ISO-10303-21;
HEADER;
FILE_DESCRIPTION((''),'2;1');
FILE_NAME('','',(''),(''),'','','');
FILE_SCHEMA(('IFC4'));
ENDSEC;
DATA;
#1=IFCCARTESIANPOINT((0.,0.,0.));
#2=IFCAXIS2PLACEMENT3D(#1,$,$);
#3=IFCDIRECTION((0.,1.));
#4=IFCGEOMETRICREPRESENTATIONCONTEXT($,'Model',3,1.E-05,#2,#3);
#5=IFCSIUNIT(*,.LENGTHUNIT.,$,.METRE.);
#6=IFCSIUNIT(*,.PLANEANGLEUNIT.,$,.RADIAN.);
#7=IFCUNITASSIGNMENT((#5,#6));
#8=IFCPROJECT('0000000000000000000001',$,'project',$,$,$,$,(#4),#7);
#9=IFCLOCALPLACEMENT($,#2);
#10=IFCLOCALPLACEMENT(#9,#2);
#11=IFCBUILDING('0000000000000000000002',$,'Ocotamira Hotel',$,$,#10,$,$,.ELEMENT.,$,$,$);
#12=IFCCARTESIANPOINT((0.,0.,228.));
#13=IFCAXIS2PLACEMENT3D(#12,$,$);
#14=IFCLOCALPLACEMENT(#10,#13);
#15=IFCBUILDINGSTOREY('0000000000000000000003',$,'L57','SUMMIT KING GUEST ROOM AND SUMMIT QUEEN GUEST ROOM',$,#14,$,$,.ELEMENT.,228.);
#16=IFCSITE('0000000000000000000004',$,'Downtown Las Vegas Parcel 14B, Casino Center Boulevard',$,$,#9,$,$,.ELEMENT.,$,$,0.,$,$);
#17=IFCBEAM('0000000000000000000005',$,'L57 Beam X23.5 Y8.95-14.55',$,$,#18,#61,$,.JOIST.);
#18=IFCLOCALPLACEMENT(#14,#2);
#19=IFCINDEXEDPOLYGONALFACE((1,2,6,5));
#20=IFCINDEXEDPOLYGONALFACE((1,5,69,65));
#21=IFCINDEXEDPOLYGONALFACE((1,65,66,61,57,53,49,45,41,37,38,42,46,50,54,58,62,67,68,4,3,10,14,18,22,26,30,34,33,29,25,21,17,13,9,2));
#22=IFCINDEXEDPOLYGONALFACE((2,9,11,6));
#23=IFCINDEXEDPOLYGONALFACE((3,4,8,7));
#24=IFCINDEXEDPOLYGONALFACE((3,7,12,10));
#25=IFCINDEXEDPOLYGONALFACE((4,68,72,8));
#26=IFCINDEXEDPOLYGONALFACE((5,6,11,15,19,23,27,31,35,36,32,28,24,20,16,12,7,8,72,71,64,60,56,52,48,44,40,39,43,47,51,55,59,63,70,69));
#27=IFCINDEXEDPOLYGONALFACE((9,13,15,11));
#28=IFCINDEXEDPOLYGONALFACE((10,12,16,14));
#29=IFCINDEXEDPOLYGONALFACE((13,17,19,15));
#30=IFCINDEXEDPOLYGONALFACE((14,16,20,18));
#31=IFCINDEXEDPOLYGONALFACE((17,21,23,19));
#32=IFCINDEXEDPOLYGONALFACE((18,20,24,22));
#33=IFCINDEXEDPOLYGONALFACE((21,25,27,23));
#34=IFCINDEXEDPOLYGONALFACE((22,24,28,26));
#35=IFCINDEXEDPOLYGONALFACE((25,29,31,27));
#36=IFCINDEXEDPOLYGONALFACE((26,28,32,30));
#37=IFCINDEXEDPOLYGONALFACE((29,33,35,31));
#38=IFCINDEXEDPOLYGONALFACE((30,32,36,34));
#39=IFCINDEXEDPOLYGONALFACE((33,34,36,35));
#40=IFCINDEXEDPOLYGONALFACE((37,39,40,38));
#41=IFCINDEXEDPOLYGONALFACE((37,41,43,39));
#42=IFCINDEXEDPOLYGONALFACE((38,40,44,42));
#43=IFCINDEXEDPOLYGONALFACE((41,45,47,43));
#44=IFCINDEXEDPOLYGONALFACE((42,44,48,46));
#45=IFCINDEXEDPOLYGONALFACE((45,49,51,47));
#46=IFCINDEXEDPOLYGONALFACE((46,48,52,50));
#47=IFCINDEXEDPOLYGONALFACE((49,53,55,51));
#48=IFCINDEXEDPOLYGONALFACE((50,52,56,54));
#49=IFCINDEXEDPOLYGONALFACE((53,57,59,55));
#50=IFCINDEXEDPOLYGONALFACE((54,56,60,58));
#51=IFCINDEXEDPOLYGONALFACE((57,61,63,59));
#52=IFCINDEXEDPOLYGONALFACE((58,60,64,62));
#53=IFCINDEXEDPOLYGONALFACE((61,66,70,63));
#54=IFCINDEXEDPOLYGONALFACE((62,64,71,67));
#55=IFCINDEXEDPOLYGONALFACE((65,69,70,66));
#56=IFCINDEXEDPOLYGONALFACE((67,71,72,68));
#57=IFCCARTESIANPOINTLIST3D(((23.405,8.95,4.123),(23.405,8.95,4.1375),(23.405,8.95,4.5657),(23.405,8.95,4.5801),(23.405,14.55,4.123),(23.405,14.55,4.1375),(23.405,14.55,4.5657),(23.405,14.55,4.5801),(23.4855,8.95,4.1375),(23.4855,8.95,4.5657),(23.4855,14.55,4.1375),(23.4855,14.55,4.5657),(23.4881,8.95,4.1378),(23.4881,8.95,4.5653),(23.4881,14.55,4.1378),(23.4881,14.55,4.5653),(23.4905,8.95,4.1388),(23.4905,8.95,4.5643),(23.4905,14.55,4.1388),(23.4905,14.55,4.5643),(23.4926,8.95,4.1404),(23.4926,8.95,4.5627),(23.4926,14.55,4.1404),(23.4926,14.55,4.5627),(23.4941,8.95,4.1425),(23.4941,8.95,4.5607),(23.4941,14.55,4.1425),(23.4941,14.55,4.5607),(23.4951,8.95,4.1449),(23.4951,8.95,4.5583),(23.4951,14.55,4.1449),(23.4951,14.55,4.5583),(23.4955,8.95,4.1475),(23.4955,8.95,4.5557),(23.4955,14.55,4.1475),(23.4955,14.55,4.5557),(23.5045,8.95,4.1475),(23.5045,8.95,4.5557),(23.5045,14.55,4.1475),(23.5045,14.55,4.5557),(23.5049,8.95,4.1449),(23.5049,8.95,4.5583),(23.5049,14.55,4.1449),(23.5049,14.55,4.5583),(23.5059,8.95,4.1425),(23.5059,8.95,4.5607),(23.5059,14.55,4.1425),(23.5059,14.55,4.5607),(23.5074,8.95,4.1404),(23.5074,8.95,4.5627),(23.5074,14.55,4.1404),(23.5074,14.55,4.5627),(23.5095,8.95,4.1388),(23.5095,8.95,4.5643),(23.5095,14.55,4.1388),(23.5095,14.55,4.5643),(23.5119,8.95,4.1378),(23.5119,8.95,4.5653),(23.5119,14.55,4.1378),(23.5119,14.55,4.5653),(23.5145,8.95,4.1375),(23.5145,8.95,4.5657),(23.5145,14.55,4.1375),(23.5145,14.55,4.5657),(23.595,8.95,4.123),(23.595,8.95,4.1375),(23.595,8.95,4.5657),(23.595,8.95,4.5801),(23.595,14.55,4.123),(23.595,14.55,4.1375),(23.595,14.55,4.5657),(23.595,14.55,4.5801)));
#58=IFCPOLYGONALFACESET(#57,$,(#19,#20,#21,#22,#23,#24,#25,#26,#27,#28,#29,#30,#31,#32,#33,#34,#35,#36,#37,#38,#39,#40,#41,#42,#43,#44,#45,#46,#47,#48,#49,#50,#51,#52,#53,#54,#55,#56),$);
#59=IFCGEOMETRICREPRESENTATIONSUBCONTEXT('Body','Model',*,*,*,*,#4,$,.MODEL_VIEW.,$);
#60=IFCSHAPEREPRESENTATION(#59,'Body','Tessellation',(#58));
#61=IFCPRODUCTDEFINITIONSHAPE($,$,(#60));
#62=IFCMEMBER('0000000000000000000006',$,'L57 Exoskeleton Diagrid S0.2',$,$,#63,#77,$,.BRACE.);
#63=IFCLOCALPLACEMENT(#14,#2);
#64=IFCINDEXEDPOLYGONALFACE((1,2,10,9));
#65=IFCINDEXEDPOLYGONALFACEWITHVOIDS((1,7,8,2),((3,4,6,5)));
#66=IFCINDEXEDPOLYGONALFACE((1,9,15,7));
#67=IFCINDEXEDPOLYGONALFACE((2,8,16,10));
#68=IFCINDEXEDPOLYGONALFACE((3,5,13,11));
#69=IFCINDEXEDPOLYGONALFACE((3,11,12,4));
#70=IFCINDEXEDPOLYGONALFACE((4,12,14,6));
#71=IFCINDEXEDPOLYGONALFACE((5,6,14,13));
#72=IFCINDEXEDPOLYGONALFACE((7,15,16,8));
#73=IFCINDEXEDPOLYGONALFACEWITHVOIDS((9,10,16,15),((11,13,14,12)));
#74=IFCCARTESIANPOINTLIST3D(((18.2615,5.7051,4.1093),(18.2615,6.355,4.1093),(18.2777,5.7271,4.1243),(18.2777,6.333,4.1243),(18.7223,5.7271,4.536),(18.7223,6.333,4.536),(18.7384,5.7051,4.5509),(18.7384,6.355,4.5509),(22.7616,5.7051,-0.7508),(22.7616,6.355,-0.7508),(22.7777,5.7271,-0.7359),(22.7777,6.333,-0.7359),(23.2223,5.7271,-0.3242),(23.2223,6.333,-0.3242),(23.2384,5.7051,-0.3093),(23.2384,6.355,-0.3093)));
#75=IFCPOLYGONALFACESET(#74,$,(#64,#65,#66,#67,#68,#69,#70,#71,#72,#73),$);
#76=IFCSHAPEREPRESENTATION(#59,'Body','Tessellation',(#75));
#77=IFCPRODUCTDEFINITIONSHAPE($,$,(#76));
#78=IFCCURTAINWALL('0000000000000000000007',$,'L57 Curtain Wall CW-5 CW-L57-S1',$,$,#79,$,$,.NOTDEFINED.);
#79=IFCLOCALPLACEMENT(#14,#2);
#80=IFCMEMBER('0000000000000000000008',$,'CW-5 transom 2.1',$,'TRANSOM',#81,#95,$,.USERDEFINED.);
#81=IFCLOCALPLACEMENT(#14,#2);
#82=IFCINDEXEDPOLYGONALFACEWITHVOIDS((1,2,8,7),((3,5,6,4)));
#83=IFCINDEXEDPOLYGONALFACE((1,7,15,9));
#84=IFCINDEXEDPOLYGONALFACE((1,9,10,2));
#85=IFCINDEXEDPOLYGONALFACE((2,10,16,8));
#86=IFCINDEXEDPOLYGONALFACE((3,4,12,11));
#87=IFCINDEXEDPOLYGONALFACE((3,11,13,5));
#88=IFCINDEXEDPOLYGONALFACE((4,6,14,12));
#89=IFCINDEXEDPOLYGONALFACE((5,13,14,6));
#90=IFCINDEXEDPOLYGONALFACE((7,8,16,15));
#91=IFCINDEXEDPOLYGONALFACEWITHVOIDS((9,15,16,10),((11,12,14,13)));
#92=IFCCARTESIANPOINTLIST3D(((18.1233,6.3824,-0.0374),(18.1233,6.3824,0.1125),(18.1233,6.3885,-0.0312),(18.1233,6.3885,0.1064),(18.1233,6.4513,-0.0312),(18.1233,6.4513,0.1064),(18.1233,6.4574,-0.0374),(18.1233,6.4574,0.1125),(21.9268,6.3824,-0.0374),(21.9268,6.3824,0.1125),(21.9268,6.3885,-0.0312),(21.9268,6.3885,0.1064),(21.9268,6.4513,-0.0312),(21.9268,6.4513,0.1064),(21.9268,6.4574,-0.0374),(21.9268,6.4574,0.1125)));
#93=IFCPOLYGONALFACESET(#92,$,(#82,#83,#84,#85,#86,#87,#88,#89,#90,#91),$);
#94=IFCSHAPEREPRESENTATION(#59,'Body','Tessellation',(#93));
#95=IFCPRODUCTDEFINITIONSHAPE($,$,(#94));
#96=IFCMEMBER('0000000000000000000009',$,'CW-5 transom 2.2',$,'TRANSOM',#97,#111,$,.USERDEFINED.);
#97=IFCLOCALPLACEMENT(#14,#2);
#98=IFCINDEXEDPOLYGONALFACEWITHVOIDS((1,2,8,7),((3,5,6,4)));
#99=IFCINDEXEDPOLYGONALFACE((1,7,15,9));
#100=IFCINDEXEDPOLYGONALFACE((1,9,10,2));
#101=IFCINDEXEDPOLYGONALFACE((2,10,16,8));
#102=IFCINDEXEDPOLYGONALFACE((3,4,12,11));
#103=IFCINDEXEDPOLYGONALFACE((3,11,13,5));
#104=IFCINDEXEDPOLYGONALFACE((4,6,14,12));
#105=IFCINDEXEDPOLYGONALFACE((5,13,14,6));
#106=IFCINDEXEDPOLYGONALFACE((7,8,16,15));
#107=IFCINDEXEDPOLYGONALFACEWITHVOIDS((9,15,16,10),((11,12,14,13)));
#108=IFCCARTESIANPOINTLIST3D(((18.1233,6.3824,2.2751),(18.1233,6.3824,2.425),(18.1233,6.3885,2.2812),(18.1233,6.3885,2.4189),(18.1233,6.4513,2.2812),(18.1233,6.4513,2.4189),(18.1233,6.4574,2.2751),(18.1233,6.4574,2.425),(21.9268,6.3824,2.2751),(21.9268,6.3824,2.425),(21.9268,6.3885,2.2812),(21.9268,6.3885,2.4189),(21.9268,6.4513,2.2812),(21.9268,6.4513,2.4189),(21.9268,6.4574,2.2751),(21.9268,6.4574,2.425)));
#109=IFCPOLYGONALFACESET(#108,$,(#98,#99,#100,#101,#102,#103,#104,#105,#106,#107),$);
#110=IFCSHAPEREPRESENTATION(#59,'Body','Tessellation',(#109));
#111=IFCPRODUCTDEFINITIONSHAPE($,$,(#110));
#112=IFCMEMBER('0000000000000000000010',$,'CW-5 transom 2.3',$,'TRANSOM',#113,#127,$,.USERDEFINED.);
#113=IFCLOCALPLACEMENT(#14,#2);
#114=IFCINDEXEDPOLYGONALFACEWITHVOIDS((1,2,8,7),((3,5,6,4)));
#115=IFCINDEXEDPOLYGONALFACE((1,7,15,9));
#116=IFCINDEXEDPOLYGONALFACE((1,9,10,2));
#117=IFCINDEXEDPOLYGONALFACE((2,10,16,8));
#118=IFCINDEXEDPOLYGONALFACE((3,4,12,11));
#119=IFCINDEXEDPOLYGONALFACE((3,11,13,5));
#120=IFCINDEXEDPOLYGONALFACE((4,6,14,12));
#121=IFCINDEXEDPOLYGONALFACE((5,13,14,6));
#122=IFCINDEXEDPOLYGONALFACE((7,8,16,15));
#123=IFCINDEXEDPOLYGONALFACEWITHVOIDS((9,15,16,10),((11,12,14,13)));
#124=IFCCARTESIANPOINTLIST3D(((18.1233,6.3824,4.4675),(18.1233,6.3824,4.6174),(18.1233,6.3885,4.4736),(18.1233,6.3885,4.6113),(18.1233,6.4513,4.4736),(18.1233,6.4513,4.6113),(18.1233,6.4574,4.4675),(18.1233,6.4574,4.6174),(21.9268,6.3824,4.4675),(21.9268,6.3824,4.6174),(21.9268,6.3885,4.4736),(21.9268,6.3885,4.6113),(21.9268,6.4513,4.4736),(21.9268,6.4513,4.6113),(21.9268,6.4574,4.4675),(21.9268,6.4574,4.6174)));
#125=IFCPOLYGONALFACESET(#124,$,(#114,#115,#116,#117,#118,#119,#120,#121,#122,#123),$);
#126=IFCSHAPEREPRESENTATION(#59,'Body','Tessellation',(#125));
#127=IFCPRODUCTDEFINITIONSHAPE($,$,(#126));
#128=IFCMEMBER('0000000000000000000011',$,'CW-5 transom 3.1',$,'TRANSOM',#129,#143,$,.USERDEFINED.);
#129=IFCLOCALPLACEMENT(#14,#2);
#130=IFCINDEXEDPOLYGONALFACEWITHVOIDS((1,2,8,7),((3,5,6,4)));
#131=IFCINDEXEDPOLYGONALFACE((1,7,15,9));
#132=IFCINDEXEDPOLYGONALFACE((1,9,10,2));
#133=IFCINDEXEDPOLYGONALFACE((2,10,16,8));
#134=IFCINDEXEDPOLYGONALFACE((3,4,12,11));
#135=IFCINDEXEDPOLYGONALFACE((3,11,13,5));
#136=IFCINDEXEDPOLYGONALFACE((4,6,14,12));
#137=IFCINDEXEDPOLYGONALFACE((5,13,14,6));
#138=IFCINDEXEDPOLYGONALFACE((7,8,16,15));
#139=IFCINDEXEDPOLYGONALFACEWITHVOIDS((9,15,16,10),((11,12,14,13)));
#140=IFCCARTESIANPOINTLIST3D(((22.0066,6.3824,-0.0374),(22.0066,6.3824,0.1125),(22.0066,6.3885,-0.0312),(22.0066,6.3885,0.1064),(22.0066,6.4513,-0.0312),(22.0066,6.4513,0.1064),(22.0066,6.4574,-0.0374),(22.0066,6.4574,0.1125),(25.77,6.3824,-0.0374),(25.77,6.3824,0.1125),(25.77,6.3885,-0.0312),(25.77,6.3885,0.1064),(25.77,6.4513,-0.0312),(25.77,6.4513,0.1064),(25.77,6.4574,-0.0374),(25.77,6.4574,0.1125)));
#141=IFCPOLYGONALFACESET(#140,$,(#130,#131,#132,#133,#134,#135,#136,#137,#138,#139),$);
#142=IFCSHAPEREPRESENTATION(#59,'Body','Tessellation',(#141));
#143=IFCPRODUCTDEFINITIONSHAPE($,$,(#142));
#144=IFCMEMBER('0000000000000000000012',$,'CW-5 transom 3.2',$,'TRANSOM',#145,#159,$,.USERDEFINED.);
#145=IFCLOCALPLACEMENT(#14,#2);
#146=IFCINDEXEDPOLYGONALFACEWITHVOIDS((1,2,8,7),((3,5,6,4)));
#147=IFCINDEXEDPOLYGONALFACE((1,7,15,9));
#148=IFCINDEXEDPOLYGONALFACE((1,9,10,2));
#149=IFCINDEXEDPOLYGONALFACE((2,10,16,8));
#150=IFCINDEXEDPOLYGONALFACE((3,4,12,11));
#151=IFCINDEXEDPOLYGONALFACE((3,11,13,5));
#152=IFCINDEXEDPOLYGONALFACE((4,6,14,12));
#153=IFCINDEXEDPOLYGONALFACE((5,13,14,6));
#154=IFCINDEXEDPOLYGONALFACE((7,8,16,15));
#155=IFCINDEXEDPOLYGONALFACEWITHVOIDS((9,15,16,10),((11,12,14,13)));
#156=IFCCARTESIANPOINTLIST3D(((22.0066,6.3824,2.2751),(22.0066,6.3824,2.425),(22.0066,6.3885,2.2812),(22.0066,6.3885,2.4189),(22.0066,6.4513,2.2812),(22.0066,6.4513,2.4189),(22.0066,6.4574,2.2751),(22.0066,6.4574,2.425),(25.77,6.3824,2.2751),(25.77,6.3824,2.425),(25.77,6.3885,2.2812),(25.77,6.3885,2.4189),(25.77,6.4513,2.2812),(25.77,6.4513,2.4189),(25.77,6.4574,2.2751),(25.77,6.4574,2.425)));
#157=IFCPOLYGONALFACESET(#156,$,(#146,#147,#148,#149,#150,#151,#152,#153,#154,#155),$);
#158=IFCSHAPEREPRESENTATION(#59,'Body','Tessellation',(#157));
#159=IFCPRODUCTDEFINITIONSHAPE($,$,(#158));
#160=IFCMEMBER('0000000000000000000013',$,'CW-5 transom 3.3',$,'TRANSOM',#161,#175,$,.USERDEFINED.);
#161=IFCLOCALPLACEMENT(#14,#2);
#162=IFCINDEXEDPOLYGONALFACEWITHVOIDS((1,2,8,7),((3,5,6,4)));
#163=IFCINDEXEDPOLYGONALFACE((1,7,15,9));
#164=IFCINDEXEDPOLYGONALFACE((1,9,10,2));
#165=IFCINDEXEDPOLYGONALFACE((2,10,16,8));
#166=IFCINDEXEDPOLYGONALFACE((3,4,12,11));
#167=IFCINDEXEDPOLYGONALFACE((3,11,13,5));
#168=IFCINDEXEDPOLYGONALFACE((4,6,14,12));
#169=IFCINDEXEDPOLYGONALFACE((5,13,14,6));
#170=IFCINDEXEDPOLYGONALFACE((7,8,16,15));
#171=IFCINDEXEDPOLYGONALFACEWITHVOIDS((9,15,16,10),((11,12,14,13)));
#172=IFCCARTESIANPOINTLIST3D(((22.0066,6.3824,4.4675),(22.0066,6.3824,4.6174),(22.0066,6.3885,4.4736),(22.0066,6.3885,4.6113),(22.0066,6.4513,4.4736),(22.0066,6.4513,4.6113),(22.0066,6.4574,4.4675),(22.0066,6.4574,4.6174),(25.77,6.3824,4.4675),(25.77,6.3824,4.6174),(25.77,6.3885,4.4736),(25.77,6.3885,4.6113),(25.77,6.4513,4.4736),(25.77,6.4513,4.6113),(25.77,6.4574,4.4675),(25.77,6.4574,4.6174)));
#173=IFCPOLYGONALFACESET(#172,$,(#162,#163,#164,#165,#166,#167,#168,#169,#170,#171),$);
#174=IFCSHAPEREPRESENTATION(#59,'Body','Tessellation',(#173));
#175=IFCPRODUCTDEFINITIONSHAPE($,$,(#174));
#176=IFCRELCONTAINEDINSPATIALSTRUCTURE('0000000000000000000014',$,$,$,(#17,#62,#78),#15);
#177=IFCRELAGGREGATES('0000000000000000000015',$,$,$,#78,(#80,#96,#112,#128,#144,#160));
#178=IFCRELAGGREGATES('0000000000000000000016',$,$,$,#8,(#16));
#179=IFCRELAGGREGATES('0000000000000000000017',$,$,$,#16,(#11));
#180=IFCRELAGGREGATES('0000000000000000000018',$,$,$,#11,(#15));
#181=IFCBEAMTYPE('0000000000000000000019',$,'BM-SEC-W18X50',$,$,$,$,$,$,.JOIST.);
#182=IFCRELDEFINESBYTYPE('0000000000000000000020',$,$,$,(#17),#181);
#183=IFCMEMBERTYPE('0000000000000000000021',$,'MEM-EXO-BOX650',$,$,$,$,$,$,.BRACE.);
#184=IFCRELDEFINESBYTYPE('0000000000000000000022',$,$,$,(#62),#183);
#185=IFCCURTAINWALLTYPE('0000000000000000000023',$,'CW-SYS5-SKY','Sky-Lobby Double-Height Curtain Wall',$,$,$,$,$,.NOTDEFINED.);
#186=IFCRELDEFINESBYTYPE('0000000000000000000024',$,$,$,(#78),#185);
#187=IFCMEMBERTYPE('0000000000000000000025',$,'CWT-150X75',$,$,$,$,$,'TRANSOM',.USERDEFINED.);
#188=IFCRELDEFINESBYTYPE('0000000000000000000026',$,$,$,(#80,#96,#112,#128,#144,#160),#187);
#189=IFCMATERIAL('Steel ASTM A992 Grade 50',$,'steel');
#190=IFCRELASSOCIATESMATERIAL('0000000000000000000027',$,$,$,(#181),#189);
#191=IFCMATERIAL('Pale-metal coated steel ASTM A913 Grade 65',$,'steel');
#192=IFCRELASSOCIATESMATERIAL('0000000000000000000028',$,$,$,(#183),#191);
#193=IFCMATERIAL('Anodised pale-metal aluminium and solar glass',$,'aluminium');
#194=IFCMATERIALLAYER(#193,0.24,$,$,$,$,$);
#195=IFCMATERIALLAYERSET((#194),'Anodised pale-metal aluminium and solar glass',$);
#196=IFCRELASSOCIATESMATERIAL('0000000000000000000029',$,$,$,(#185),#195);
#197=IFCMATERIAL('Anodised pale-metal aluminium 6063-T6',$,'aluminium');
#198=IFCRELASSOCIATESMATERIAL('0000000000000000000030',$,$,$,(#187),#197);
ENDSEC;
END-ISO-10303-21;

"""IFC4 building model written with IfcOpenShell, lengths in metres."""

from ifc_helpers import new_model, si_unit, direction, frame, origin, origin_2d, place, context, subcontext, project, spatial, hollow_rectangle, i_section, extrude, source, transform, mapped, material, layer, layer_set, material_profile, profile_set, type_object, element, aggregate, save


model = new_model("IFC4")

# Units and contexts
model_context = context("Model", 3, precision=1e-05, world=origin(), true_north=direction((0.0, 1.0)))
body_context = subcontext(model_context, "Body", "Model", "MODEL_VIEW")
ifc_project = project(units=[si_unit("LENGTHUNIT", "METRE"), si_unit("PLANEANGLEUNIT", "RADIAN")], contexts=[model_context])

# Site, building, storey
site_placement = place(None, origin())
site = spatial("IfcSite", under=ifc_project, at=site_placement, Name="Downtown Las Vegas Parcel 14B, Casino Center Boulevard", CompositionType="ELEMENT", RefElevation=0.0)
building_placement = place(site_placement, origin())
building = spatial("IfcBuilding", under=site, at=building_placement, Name="Ocotamira Hotel", CompositionType="ELEMENT")
storey_placement = place(building_placement, frame((0.0, 0.0, 228.0)))
storey = spatial("IfcBuildingStorey", under=building, at=storey_placement, Name="L57", Description="SUMMIT KING GUEST ROOM AND SUMMIT QUEEN GUEST ROOM", CompositionType="ELEMENT", Elevation=228.0)

# Shared definitions
ifc_material_1 = material(Name="Steel ASTM A992 Grade 50", Category="steel")

# Beam
ifc_material_profile_1 = material_profile(ifc_material_1, i_section(OverallWidth=0.1899, OverallDepth=0.457, WebThickness=0.009, FlangeThickness=0.0144, FilletRadius=0.01, at=origin_2d()), Name="W18X50")
ifc_profile_set_1 = profile_set([ifc_material_profile_1], Name="Steel ASTM A992 Grade 50")
beam_type_1 = type_object("IfcBeamType", Name="BM-SEC-W18X50", PredefinedType="JOIST", material=ifc_profile_set_1)
shared_shape_1 = source(origin(), body_context, "Body", "SweptSolid", [
    extrude(i_section(OverallWidth=0.1899, OverallDepth=0.457, WebThickness=0.009, FlangeThickness=0.0144, FilletRadius=0.01, at=origin_2d()), origin(), (0.0, 0.0, 1.0), 5.6001),
])
beam_1_placement = place(storey_placement, frame((23.5, 8.95, 4.3516), z_axis=(0.0, 1.0, 0.0), x_axis=(-1.0, 0.0, 0.0)))
element("IfcBeam", 1, at=beam_1_placement, inside=storey, type_object=beam_type_1, Name="L57 Beam X23.5 Y8.95-14.55", PredefinedType="JOIST", context=body_context, shape_type="MappedRepresentation", body=[
    mapped(shared_shape_1, transform((0.0, 0.0, 0.0), scale=1.0)),
])

# Member
ifc_material_2 = material(Name="Pale-metal coated steel ASTM A913 Grade 65", Category="steel")
ifc_material_profile_2 = material_profile(ifc_material_2, hollow_rectangle(XDim=0.6499, YDim=0.6499, WallThickness=0.022, at=origin_2d()), Name="BOX650X650X22")
ifc_profile_set_2 = profile_set([ifc_material_profile_2], Name="Pale-metal coated steel ASTM A913 Grade 65")
member_type_1 = type_object("IfcMemberType", Name="MEM-EXO-BOX650", PredefinedType="BRACE", material=ifc_profile_set_2)
shared_shape_2 = source(origin(), body_context, "Body", "SweptSolid", [
    extrude(hollow_rectangle(XDim=0.6499, YDim=0.6499, WallThickness=0.022, at=origin_2d()), origin(), (0.0, 0.0, 1.0), 6.6235),
])
member_1_placement = place(storey_placement, frame((23.0, 6.03, -0.53), z_axis=(-0.6794, 0.0, 0.733768), x_axis=(0.0, -1.0, 0.0)))
element("IfcMember", 2, at=member_1_placement, inside=storey, type_object=member_type_1, Name="L57 Exoskeleton Diagrid S0.2", PredefinedType="BRACE", context=body_context, shape_type="MappedRepresentation", body=[
    mapped(shared_shape_2, transform((0.0, 0.0, 0.0), scale=1.0)),
])

# Curtain wall, members
ifc_material_3 = material(Name="Anodised pale-metal aluminium and solar glass", Category="aluminium")
ifc_layer_1 = layer(ifc_material_3, 0.24)
ifc_layer_set_1 = layer_set([ifc_layer_1], Name="Anodised pale-metal aluminium and solar glass")
curtain_wall_type = type_object("IfcCurtainWallType", Name="CW-SYS5-SKY", Description="Sky-Lobby Double-Height Curtain Wall", PredefinedType="NOTDEFINED", material=ifc_layer_set_1)
curtain_wall_placement = place(storey_placement, origin())
curtain_wall = element("IfcCurtainWall", 3, at=curtain_wall_placement, inside=storey, type_object=curtain_wall_type, Name="L57 Curtain Wall CW-5 CW-L57-S1", PredefinedType="NOTDEFINED")
ifc_material_4 = material(Name="Anodised pale-metal aluminium 6063-T6", Category="aluminium")
ifc_material_profile_3 = material_profile(ifc_material_4, hollow_rectangle(XDim=0.075, YDim=0.1499, WallThickness=0.0061, at=origin_2d()), Name="HSS150X75X6")
ifc_profile_set_3 = profile_set([ifc_material_profile_3], Name="Anodised pale-metal aluminium 6063-T6")
member_type_2 = type_object("IfcMemberType", Name="CWT-150X75", ElementType="TRANSOM", PredefinedType="USERDEFINED", material=ifc_profile_set_3)
shared_shape_3 = source(origin(), body_context, "Body", "SweptSolid", [
    extrude(hollow_rectangle(XDim=0.075, YDim=0.1499, WallThickness=0.0061, at=origin_2d()), origin(), (0.0, 0.0, 1.0), 3.8035),
])
member_2_placement = place(storey_placement, frame((18.1233, 6.4199, 0.0376), z_axis=(1.0, 0.0, 0.0), x_axis=(0.0, 1.0, 0.0)))
member_2 = element("IfcMember", 4, at=member_2_placement, type_object=member_type_2, Name="CW-5 transom 2.1", ObjectType="TRANSOM", PredefinedType="USERDEFINED", context=body_context, shape_type="MappedRepresentation", body=[
    mapped(shared_shape_3, transform((0.0, 0.0, 0.0), scale=1.0)),
])
member_3_placement = place(storey_placement, frame((18.1233, 6.4199, 2.3501), z_axis=(1.0, 0.0, 0.0), x_axis=(0.0, 1.0, 0.0)))
member_3 = element("IfcMember", 5, at=member_3_placement, type_object=member_type_2, Name="CW-5 transom 2.2", ObjectType="TRANSOM", PredefinedType="USERDEFINED", context=body_context, shape_type="MappedRepresentation", body=[
    mapped(shared_shape_3, transform((0.0, 0.0, 0.0), scale=1.0)),
])
member_4_placement = place(storey_placement, frame((18.1233, 6.4199, 4.5425), z_axis=(1.0, 0.0, 0.0), x_axis=(0.0, 1.0, 0.0)))
member_4 = element("IfcMember", 6, at=member_4_placement, type_object=member_type_2, Name="CW-5 transom 2.3", ObjectType="TRANSOM", PredefinedType="USERDEFINED", context=body_context, shape_type="MappedRepresentation", body=[
    mapped(shared_shape_3, transform((0.0, 0.0, 0.0), scale=1.0)),
])
shared_shape_4 = source(origin(), body_context, "Body", "SweptSolid", [
    extrude(hollow_rectangle(XDim=0.075, YDim=0.1499, WallThickness=0.0061, at=origin_2d()), origin(), (0.0, 0.0, 1.0), 3.7634),
])
member_5_placement = place(storey_placement, frame((22.0066, 6.4199, 0.0376), z_axis=(1.0, 0.0, 0.0), x_axis=(0.0, 1.0, 0.0)))
member_5 = element("IfcMember", 7, at=member_5_placement, type_object=member_type_2, Name="CW-5 transom 3.1", ObjectType="TRANSOM", PredefinedType="USERDEFINED", context=body_context, shape_type="MappedRepresentation", body=[
    mapped(shared_shape_4, transform((0.0, 0.0, 0.0), scale=1.0)),
])
member_6_placement = place(storey_placement, frame((22.0066, 6.4199, 2.3501), z_axis=(1.0, 0.0, 0.0), x_axis=(0.0, 1.0, 0.0)))
member_6 = element("IfcMember", 8, at=member_6_placement, type_object=member_type_2, Name="CW-5 transom 3.2", ObjectType="TRANSOM", PredefinedType="USERDEFINED", context=body_context, shape_type="MappedRepresentation", body=[
    mapped(shared_shape_4, transform((0.0, 0.0, 0.0), scale=1.0)),
])
member_7_placement = place(storey_placement, frame((22.0066, 6.4199, 4.5425), z_axis=(1.0, 0.0, 0.0), x_axis=(0.0, 1.0, 0.0)))
member_7 = element("IfcMember", 9, at=member_7_placement, type_object=member_type_2, Name="CW-5 transom 3.3", ObjectType="TRANSOM", PredefinedType="USERDEFINED", context=body_context, shape_type="MappedRepresentation", body=[
    mapped(shared_shape_4, transform((0.0, 0.0, 0.0), scale=1.0)),
])

aggregate(curtain_wall, [member_2, member_3, member_4, member_5, member_6, member_7])

save(model, "model.ifc")
